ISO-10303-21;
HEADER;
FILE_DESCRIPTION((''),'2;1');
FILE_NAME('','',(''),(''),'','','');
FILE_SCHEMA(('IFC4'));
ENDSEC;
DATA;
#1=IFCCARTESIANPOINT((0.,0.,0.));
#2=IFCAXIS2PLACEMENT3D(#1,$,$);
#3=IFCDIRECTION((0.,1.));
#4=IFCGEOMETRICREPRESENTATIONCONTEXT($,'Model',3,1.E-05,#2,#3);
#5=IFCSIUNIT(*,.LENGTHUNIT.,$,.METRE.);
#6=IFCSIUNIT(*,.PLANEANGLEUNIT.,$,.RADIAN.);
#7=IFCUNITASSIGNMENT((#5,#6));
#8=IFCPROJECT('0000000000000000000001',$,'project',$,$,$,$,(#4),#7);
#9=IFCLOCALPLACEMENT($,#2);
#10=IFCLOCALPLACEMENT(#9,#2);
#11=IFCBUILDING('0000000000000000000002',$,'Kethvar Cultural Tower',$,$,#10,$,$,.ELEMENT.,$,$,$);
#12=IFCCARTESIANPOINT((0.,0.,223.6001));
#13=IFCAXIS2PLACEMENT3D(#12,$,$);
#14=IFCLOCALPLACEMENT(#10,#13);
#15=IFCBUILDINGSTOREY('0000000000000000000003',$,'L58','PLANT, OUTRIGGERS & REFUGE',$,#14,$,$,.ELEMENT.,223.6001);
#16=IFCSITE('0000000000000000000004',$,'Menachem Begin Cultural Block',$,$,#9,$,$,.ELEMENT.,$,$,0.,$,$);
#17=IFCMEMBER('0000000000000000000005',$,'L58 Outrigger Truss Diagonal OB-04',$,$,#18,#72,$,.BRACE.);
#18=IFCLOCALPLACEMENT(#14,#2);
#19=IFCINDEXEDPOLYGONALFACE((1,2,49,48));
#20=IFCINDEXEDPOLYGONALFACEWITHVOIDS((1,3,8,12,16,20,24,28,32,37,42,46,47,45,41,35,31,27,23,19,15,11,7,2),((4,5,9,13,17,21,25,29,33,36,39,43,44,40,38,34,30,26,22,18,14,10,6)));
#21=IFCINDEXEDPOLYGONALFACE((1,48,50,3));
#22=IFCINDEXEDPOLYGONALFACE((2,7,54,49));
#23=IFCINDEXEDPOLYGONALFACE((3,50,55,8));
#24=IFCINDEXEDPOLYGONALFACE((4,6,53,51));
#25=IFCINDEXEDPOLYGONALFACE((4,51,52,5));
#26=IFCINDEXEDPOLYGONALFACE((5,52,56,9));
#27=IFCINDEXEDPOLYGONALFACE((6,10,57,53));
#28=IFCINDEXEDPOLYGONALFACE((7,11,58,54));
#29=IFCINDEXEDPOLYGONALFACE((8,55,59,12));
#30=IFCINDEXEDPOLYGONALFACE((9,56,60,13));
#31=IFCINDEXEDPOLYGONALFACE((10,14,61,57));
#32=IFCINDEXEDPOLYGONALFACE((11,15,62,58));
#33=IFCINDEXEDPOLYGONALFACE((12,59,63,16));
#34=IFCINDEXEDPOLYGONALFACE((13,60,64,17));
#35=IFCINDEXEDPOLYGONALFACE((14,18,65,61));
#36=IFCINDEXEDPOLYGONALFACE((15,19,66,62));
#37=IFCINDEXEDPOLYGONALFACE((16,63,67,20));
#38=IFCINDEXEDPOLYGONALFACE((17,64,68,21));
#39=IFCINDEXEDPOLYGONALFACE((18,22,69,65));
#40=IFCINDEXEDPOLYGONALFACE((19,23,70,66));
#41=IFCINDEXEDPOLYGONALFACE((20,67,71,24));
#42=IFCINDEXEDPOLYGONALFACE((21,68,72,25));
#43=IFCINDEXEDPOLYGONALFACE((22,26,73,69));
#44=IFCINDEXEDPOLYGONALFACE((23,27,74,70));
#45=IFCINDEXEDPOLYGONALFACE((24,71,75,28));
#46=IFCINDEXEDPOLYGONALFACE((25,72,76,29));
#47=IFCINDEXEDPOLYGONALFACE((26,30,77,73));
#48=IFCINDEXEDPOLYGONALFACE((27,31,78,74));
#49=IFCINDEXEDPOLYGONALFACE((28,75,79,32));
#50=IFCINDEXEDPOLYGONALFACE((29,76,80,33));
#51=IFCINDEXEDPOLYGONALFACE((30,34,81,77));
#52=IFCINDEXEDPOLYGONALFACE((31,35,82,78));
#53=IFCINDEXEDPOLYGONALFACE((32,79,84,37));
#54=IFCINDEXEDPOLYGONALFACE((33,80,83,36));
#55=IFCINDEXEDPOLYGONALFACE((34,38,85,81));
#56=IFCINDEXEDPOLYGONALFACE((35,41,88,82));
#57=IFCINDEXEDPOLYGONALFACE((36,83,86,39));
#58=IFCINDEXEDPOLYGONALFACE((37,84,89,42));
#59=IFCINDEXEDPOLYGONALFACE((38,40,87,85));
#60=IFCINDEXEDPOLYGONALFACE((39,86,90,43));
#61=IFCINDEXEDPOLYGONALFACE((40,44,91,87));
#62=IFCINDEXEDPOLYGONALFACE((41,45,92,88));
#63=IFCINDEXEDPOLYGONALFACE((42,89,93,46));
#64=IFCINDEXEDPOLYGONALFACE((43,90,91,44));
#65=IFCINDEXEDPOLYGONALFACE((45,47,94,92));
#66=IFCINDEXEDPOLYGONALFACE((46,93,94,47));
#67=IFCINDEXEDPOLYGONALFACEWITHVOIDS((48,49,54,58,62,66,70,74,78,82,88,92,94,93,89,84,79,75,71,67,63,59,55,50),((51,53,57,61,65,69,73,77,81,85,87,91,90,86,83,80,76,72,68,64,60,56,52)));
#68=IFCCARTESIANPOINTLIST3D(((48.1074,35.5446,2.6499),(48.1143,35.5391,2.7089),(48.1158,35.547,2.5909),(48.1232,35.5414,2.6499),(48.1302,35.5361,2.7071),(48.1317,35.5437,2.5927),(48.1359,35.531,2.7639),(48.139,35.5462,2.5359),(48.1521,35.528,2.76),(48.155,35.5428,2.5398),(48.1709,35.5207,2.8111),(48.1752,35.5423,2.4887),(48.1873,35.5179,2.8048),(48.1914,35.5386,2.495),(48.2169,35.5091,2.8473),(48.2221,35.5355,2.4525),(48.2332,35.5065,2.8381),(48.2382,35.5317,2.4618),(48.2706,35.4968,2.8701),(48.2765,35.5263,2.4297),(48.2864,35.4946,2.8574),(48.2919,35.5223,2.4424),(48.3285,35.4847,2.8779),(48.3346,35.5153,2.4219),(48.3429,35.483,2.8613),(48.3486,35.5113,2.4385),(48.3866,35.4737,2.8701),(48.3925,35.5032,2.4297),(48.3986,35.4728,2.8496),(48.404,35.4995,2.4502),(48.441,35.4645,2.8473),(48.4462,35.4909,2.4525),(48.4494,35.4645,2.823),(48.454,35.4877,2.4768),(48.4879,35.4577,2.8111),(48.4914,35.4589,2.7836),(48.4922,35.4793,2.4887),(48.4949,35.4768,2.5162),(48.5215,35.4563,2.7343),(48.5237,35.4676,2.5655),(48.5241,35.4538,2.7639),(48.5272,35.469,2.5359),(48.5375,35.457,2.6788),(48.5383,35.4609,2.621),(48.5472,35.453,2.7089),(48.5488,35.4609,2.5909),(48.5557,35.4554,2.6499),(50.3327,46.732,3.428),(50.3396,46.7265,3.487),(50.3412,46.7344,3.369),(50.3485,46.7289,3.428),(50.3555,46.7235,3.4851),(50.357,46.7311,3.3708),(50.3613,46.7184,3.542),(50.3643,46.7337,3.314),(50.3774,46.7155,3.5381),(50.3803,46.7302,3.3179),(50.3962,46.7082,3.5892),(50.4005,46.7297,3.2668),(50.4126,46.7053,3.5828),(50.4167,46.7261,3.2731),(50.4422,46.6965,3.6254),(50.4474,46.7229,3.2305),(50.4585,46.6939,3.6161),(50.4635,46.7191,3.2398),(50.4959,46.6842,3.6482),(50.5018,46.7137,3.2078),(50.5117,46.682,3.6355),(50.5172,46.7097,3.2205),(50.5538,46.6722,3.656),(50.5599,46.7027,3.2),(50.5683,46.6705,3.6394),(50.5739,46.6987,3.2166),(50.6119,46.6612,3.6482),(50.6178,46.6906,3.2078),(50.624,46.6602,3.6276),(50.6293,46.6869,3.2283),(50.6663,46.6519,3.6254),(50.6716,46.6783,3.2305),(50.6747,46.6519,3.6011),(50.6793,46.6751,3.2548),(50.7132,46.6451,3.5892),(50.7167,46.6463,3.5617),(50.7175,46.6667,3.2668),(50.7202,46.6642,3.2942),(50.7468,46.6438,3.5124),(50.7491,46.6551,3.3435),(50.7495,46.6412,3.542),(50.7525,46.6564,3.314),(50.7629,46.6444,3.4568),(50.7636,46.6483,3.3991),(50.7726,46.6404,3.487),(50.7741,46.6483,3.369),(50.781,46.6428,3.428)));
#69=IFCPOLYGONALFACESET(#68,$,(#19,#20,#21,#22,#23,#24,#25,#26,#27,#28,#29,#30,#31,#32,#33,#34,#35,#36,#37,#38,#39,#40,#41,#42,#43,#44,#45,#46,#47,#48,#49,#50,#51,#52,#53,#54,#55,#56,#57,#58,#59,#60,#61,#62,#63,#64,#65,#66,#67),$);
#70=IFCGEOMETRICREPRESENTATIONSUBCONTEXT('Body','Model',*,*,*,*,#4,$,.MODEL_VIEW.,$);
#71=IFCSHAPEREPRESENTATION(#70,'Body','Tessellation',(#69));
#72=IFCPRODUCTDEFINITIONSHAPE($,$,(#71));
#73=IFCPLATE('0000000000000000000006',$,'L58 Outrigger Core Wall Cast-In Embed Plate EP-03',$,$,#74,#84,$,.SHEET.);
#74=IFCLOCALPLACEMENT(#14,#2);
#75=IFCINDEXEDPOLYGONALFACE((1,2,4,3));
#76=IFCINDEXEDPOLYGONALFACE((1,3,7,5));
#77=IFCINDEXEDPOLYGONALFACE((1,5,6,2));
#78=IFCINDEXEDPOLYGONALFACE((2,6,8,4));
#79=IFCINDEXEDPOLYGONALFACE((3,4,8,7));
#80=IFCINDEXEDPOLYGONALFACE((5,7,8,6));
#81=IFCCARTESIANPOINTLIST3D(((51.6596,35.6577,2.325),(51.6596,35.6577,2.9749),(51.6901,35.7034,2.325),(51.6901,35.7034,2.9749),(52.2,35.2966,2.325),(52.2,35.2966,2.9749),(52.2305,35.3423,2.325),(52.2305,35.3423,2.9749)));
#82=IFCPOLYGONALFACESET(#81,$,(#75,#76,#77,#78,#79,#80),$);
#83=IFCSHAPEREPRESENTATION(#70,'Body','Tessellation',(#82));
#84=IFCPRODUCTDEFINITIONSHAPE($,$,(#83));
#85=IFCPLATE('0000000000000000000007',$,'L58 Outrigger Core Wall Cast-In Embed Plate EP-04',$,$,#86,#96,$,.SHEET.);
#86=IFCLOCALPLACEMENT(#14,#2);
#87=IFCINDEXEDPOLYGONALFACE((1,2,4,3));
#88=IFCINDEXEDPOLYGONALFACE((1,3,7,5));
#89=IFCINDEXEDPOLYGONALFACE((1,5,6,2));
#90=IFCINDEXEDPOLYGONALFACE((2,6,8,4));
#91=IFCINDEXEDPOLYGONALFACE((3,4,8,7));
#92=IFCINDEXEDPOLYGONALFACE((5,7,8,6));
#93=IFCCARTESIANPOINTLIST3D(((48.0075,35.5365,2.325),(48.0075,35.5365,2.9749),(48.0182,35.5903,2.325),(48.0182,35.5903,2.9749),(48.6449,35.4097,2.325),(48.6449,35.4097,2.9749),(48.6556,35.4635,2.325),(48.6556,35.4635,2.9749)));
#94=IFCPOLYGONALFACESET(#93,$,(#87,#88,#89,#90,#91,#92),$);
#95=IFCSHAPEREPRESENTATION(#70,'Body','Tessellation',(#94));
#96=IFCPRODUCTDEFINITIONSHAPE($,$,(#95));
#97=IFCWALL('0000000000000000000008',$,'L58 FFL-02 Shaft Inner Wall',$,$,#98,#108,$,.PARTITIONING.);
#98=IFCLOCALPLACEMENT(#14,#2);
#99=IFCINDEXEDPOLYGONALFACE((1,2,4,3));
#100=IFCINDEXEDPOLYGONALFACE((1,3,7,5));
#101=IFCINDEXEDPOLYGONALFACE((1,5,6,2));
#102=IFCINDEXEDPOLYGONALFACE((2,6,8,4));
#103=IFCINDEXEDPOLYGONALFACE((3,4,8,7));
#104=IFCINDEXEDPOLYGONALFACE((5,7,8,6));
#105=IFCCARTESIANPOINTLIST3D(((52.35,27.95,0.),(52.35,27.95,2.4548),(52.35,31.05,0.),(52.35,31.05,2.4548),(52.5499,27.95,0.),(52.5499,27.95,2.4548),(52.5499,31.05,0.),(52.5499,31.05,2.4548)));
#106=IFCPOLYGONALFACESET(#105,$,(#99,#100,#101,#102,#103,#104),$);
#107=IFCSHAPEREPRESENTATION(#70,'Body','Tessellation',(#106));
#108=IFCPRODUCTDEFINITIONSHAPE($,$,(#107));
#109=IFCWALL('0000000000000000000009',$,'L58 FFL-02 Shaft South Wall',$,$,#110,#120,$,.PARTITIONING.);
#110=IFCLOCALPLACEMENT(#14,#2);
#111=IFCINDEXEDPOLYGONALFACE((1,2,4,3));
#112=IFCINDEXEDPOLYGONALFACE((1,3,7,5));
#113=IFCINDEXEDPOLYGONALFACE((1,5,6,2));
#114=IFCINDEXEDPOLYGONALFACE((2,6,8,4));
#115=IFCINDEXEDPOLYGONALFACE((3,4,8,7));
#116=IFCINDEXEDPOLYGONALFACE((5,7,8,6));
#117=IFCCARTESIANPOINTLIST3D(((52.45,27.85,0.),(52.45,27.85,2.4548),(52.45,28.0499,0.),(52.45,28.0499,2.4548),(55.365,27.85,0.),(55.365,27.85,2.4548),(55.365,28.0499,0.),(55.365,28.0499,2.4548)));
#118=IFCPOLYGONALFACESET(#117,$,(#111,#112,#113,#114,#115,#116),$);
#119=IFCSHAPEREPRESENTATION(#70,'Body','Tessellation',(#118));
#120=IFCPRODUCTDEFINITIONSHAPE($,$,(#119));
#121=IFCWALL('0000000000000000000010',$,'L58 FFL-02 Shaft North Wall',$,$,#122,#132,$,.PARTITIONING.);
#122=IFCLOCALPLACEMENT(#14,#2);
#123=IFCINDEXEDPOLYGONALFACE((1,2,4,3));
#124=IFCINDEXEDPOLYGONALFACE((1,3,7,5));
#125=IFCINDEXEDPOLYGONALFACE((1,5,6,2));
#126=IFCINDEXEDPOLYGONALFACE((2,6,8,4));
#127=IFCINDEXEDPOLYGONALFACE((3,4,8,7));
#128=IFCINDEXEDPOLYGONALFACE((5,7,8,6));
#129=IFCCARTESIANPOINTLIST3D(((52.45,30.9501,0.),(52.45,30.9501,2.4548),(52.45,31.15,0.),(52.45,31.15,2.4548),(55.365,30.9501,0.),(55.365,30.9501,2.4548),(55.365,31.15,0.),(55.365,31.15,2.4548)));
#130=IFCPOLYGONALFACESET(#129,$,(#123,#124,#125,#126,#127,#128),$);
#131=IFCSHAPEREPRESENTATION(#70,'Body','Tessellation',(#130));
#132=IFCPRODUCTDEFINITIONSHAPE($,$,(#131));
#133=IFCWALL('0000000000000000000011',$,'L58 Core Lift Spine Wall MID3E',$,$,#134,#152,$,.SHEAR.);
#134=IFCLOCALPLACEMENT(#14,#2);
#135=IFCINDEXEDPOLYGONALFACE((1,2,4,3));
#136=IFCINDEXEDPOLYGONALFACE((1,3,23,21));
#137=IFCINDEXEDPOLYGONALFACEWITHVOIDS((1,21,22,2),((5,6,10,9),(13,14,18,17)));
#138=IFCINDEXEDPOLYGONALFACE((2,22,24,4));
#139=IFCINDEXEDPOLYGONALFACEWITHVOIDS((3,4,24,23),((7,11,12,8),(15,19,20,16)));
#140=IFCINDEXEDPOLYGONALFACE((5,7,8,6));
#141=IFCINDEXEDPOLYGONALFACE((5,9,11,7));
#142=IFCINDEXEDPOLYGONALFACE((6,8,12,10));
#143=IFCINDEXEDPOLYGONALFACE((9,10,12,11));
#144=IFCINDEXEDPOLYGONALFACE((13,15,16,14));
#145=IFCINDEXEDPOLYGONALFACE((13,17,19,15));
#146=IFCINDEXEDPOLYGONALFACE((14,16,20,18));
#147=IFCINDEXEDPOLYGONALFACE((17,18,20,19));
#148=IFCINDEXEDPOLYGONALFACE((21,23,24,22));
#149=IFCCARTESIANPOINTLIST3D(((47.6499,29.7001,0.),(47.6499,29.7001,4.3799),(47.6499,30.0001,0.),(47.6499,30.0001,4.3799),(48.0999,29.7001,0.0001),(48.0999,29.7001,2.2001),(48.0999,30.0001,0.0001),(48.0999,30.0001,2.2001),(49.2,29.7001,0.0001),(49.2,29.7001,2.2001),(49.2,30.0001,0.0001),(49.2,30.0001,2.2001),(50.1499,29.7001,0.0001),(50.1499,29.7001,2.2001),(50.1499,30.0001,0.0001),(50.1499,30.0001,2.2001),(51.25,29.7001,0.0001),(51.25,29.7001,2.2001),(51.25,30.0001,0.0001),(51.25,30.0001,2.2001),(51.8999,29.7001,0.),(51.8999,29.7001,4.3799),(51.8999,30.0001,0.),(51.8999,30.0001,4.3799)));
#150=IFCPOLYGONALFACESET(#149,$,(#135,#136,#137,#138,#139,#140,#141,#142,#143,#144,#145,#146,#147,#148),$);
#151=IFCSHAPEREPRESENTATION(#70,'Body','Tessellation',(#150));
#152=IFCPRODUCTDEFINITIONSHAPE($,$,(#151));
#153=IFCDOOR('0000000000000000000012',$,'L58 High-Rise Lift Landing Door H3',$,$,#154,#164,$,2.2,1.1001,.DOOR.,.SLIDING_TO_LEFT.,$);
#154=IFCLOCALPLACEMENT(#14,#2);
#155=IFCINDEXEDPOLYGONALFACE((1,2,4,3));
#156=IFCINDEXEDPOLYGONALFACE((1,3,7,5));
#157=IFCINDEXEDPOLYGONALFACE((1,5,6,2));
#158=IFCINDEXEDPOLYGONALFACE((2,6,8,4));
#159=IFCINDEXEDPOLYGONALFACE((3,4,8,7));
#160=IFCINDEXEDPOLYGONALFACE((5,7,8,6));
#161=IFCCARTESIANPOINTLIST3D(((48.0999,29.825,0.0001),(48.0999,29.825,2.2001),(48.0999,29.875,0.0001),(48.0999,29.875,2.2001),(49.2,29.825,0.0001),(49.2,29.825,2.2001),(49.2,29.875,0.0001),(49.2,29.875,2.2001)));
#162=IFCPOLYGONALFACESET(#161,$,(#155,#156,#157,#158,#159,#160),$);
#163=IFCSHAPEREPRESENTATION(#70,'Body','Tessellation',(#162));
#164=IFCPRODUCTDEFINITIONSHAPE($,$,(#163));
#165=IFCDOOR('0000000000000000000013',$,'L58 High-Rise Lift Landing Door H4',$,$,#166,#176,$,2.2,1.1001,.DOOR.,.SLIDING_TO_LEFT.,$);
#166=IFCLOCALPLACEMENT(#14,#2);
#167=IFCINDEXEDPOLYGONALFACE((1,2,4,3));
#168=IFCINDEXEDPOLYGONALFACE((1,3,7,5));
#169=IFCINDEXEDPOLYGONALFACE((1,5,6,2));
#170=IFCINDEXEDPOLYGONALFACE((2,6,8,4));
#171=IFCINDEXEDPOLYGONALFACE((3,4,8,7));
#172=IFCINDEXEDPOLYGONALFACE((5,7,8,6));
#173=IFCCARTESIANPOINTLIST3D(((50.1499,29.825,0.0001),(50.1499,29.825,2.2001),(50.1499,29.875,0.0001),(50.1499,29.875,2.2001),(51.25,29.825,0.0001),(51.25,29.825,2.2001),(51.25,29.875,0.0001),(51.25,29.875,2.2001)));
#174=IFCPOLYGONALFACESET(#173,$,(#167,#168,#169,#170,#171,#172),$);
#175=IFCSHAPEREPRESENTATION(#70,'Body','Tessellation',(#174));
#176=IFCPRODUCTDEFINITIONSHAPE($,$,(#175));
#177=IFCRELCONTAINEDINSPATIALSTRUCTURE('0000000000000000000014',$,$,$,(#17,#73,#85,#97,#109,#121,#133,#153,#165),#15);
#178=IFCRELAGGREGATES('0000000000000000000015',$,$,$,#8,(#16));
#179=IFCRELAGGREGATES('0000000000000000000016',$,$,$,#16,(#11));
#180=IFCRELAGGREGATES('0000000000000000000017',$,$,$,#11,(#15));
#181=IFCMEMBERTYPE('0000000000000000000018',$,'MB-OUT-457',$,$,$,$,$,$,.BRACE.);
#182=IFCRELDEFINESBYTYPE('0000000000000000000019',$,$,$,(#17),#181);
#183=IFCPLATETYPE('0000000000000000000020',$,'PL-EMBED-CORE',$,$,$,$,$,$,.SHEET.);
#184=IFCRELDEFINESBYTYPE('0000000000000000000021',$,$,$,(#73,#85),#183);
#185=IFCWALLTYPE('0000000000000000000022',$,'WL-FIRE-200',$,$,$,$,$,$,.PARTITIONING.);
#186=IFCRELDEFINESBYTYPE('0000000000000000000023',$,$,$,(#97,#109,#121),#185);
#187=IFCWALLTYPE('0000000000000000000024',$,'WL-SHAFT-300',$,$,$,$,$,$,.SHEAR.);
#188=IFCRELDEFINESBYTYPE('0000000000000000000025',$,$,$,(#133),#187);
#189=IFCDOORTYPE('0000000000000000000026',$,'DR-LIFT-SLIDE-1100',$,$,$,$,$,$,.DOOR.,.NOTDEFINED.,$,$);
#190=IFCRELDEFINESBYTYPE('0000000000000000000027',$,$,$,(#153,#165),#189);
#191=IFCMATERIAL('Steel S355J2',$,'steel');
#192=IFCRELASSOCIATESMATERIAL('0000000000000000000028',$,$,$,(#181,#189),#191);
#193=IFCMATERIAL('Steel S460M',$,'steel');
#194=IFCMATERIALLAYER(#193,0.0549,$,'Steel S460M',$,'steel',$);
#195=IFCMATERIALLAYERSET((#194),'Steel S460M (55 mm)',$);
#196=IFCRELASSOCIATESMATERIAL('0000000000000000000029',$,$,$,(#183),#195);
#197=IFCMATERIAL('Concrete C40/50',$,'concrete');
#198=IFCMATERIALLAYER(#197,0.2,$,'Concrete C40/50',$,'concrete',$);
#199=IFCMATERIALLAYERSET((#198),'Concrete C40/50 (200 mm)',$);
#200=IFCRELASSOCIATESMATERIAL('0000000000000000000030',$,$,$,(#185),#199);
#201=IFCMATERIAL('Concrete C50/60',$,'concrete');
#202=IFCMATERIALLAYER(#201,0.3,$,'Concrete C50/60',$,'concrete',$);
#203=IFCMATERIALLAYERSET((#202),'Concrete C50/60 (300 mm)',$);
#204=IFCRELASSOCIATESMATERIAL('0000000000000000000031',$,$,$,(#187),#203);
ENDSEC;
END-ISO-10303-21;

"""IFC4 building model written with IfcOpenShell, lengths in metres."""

from ifc_helpers import new_model, si_unit, direction, frame, frame_2d, origin, origin_2d, place, context, subcontext, project, spatial, rectangle, hollow_circle, extrude, source, transform, mapped, material, layer, layer_set, material_profile, profile_set, type_object, element, fill, save


model = new_model("IFC4")

# Units and contexts
model_context = context("Model", 3, precision=1e-05, world=origin(), true_north=direction((0.0, 1.0)))
body_context = subcontext(model_context, "Body", "Model", "MODEL_VIEW")
ifc_project = project(units=[si_unit("LENGTHUNIT", "METRE"), si_unit("PLANEANGLEUNIT", "RADIAN")], contexts=[model_context])

# Site, building, storey
site_placement = place(None, origin())
site = spatial("IfcSite", under=ifc_project, at=site_placement, Name="Menachem Begin Cultural Block", CompositionType="ELEMENT", RefElevation=0.0)
building_placement = place(site_placement, origin())
building = spatial("IfcBuilding", under=site, at=building_placement, Name="Kethvar Cultural Tower", CompositionType="ELEMENT")
storey_placement = place(building_placement, frame((0.0, 0.0, 223.6001)))
storey = spatial("IfcBuildingStorey", under=building, at=storey_placement, Name="L58", Description="PLANT, OUTRIGGERS & REFUGE", CompositionType="ELEMENT", Elevation=223.6001)

# Shared definitions
ifc_material_1 = material(Name="Steel S460M", Category="steel")

# Shared definitions
ifc_material_2 = material(Name="Steel S355J2", Category="steel")
ifc_material_profile_1 = material_profile(ifc_material_2, hollow_circle(Radius=0.2285, WallThickness=0.0161, at=origin_2d()), Name="Steel S355J2 — CHS457x16")
ifc_profile_set_1 = profile_set([ifc_material_profile_1], Name="Steel S355J2 — CHS457x16")
member_type = type_object("IfcMemberType", Name="MB-OUT-457", PredefinedType="BRACE", material=ifc_profile_set_1)

# Member
shared_shape_1 = source(origin(), body_context, "Body", "SweptSolid", [
    extrude(hollow_circle(Radius=0.2285, WallThickness=0.0161, at=origin_2d()), origin(), (0.0, 0.0, 1.0), 11.4331),
])
member_1_placement = place(storey_placement, frame((48.3315, 35.5, 2.6499), z_axis=(0.194639, 0.978511, 0.068054), x_axis=(-0.980785, 0.195091, 0.0)))
element("IfcMember", 1, at=member_1_placement, inside=storey, type_object=member_type, Name="L58 Outrigger Truss Diagonal OB-04", PredefinedType="BRACE", context=body_context, shape_type="MappedRepresentation", body=[
    mapped(shared_shape_1, transform((0.0, 0.0, 0.0), scale=1.0)),
])

# Plates
ifc_layer_1 = layer(ifc_material_1, 0.0549, Name="Steel S460M", Category="steel")
ifc_layer_set_1 = layer_set([ifc_layer_1], Name="Steel S460M (55 mm)")
plate_type = type_object("IfcPlateType", Name="PL-EMBED-CORE", PredefinedType="SHEET", material=ifc_layer_set_1)
shared_shape_2 = source(origin(), body_context, "Body", "SweptSolid", [
    extrude(rectangle(XDim=0.0549, YDim=0.6499, at=origin_2d()), origin(), (0.0, 0.0, 1.0), 0.6499),
])
for number, where, z_axis, x_axis, name in (
    (2, (51.9451, 35.5, 2.325), (0.0, 0.0, 1.0), (0.55557, 0.83147, 0.0), "L58 Outrigger Core Wall Cast-In Embed Plate EP-03"),
    (3, (48.3315, 35.5, 2.325), (0.0, 0.0, 1.0), (0.19509, 0.980785, 0.0), "L58 Outrigger Core Wall Cast-In Embed Plate EP-04"),
):
    element("IfcPlate", number, at=place(storey_placement, frame(where, z_axis=z_axis, x_axis=x_axis)), inside=storey, type_object=plate_type, Name=name, PredefinedType="SHEET", context=body_context, shape_type="MappedRepresentation", body=[
        mapped(shared_shape_2, transform((0.0, 0.0, 0.0), scale=1.0)),
    ])

# Walls
ifc_material_3 = material(Name="Concrete C40/50", Category="concrete")
ifc_layer_2 = layer(ifc_material_3, 0.2, Name="Concrete C40/50", Category="concrete")
ifc_layer_set_2 = layer_set([ifc_layer_2], Name="Concrete C40/50 (200 mm)")
wall_type_1 = type_object("IfcWallType", Name="WL-FIRE-200", PredefinedType="PARTITIONING", material=ifc_layer_set_2)
wall_1_placement = place(storey_placement, frame((52.45, 27.95, 0.0), z_axis=(0.0, 0.0, 1.0), x_axis=(0.0, 1.0, 0.0)))
element("IfcWall", 4, at=wall_1_placement, inside=storey, type_object=wall_type_1, Name="L58 FFL-02 Shaft Inner Wall", PredefinedType="PARTITIONING", context=body_context, shape_type="SweptSolid", body=[
    extrude(rectangle(XDim=3.1001, YDim=0.2, at=frame_2d((1.55, 0.0))), origin(), (0.0, 0.0, 1.0), 2.4548),
])
for number, where, z_axis, x_axis, name in (
    (5, (52.45, 27.95, 0.0), (0.0, 0.0, 1.0), (1.0, 0.0, 0.0), "L58 FFL-02 Shaft South Wall"),
    (6, (52.45, 31.05, 0.0), (0.0, 0.0, 1.0), (1.0, 0.0, 0.0), "L58 FFL-02 Shaft North Wall"),
):
    element("IfcWall", number, at=place(storey_placement, frame(where, z_axis=z_axis, x_axis=x_axis)), inside=storey, type_object=wall_type_1, Name=name, PredefinedType="PARTITIONING", context=body_context, shape_type="SweptSolid", body=[
        extrude(rectangle(XDim=2.915, YDim=0.2, at=frame_2d((1.4575, 0.0))), origin(), (0.0, 0.0, 1.0), 2.4548),
    ])

# Wall, openings, doors
ifc_material_4 = material(Name="Concrete C50/60", Category="concrete")
ifc_layer_3 = layer(ifc_material_4, 0.3, Name="Concrete C50/60", Category="concrete")
ifc_layer_set_3 = layer_set([ifc_layer_3], Name="Concrete C50/60 (300 mm)")
wall_type_2 = type_object("IfcWallType", Name="WL-SHAFT-300", PredefinedType="SHEAR", material=ifc_layer_set_3)
wall_2_placement = place(storey_placement, frame((47.6499, 29.8501, 0.0), z_axis=(0.0, 0.0, 1.0), x_axis=(1.0, 0.0, 0.0)))
wall_2 = element("IfcWall", 7, at=wall_2_placement, inside=storey, type_object=wall_type_2, Name="L58 Core Lift Spine Wall MID3E", PredefinedType="SHEAR", context=body_context, shape_type="SweptSolid", body=[
    extrude(rectangle(XDim=4.25, YDim=0.3, at=frame_2d((2.125, 0.0))), origin(), (0.0, 0.0, 1.0), 4.3799),
])
opening_1_placement = place(wall_2_placement, frame((0.45, 0.0, 0.0)))
opening_1 = element("IfcOpeningElement", 8, at=opening_1_placement, cuts=wall_2, PredefinedType="OPENING", context=body_context, shape_type="SweptSolid", body=[
    extrude(rectangle(XDim=1.1001, YDim=2.2, at=frame_2d((0.55, 1.1001))), frame((0.0, 0.1599, 0.0), z_axis=(0.0, -1.0, 0.0), x_axis=(1.0, 0.0, 0.0)), (0.0, 0.0, 1.0), 0.3201),
])
opening_2_placement = place(wall_2_placement, frame((2.5, 0.0, 0.0)))
opening_2 = element("IfcOpeningElement", 9, at=opening_2_placement, cuts=wall_2, PredefinedType="OPENING", context=body_context, shape_type="SweptSolid", body=[
    extrude(rectangle(XDim=1.1001, YDim=2.2, at=frame_2d((0.55, 1.1001))), frame((0.0, 0.1599, 0.0), z_axis=(0.0, -1.0, 0.0), x_axis=(1.0, 0.0, 0.0)), (0.0, 0.0, 1.0), 0.3201),
])
door_type = type_object("IfcDoorType", Name="DR-LIFT-SLIDE-1100", OperationType="NOTDEFINED", PredefinedType="DOOR", material=ifc_material_2)
shared_shape_3 = source(origin(), body_context, "Body", "SweptSolid", [
    extrude(rectangle(XDim=1.1001, YDim=2.2, at=frame_2d((0.55, 1.1001))), frame((0.0, 0.0249, 0.0), z_axis=(0.0, -1.0, 0.0), x_axis=(1.0, 0.0, 0.0)), (0.0, 0.0, 1.0), 0.05),
])
door_1_placement = place(opening_1_placement, origin())
door_1 = element("IfcDoor", 10, at=door_1_placement, inside=storey, type_object=door_type, Name="L58 High-Rise Lift Landing Door H3", OperationType="SLIDING_TO_LEFT", OverallHeight=2.2, OverallWidth=1.1001, PredefinedType="DOOR", context=body_context, shape_type="MappedRepresentation", body=[
    mapped(shared_shape_3, transform((0.0, 0.0, 0.0), scale=1.0)),
])
fill(opening_1, door_1)
door_2_placement = place(opening_2_placement, origin())
door_2 = element("IfcDoor", 11, at=door_2_placement, inside=storey, type_object=door_type, Name="L58 High-Rise Lift Landing Door H4", OperationType="SLIDING_TO_LEFT", OverallHeight=2.2, OverallWidth=1.1001, PredefinedType="DOOR", context=body_context, shape_type="MappedRepresentation", body=[
    mapped(shared_shape_3, transform((0.0, 0.0, 0.0), scale=1.0)),
])
fill(opening_2, door_2)

save(model, "model.ifc")
